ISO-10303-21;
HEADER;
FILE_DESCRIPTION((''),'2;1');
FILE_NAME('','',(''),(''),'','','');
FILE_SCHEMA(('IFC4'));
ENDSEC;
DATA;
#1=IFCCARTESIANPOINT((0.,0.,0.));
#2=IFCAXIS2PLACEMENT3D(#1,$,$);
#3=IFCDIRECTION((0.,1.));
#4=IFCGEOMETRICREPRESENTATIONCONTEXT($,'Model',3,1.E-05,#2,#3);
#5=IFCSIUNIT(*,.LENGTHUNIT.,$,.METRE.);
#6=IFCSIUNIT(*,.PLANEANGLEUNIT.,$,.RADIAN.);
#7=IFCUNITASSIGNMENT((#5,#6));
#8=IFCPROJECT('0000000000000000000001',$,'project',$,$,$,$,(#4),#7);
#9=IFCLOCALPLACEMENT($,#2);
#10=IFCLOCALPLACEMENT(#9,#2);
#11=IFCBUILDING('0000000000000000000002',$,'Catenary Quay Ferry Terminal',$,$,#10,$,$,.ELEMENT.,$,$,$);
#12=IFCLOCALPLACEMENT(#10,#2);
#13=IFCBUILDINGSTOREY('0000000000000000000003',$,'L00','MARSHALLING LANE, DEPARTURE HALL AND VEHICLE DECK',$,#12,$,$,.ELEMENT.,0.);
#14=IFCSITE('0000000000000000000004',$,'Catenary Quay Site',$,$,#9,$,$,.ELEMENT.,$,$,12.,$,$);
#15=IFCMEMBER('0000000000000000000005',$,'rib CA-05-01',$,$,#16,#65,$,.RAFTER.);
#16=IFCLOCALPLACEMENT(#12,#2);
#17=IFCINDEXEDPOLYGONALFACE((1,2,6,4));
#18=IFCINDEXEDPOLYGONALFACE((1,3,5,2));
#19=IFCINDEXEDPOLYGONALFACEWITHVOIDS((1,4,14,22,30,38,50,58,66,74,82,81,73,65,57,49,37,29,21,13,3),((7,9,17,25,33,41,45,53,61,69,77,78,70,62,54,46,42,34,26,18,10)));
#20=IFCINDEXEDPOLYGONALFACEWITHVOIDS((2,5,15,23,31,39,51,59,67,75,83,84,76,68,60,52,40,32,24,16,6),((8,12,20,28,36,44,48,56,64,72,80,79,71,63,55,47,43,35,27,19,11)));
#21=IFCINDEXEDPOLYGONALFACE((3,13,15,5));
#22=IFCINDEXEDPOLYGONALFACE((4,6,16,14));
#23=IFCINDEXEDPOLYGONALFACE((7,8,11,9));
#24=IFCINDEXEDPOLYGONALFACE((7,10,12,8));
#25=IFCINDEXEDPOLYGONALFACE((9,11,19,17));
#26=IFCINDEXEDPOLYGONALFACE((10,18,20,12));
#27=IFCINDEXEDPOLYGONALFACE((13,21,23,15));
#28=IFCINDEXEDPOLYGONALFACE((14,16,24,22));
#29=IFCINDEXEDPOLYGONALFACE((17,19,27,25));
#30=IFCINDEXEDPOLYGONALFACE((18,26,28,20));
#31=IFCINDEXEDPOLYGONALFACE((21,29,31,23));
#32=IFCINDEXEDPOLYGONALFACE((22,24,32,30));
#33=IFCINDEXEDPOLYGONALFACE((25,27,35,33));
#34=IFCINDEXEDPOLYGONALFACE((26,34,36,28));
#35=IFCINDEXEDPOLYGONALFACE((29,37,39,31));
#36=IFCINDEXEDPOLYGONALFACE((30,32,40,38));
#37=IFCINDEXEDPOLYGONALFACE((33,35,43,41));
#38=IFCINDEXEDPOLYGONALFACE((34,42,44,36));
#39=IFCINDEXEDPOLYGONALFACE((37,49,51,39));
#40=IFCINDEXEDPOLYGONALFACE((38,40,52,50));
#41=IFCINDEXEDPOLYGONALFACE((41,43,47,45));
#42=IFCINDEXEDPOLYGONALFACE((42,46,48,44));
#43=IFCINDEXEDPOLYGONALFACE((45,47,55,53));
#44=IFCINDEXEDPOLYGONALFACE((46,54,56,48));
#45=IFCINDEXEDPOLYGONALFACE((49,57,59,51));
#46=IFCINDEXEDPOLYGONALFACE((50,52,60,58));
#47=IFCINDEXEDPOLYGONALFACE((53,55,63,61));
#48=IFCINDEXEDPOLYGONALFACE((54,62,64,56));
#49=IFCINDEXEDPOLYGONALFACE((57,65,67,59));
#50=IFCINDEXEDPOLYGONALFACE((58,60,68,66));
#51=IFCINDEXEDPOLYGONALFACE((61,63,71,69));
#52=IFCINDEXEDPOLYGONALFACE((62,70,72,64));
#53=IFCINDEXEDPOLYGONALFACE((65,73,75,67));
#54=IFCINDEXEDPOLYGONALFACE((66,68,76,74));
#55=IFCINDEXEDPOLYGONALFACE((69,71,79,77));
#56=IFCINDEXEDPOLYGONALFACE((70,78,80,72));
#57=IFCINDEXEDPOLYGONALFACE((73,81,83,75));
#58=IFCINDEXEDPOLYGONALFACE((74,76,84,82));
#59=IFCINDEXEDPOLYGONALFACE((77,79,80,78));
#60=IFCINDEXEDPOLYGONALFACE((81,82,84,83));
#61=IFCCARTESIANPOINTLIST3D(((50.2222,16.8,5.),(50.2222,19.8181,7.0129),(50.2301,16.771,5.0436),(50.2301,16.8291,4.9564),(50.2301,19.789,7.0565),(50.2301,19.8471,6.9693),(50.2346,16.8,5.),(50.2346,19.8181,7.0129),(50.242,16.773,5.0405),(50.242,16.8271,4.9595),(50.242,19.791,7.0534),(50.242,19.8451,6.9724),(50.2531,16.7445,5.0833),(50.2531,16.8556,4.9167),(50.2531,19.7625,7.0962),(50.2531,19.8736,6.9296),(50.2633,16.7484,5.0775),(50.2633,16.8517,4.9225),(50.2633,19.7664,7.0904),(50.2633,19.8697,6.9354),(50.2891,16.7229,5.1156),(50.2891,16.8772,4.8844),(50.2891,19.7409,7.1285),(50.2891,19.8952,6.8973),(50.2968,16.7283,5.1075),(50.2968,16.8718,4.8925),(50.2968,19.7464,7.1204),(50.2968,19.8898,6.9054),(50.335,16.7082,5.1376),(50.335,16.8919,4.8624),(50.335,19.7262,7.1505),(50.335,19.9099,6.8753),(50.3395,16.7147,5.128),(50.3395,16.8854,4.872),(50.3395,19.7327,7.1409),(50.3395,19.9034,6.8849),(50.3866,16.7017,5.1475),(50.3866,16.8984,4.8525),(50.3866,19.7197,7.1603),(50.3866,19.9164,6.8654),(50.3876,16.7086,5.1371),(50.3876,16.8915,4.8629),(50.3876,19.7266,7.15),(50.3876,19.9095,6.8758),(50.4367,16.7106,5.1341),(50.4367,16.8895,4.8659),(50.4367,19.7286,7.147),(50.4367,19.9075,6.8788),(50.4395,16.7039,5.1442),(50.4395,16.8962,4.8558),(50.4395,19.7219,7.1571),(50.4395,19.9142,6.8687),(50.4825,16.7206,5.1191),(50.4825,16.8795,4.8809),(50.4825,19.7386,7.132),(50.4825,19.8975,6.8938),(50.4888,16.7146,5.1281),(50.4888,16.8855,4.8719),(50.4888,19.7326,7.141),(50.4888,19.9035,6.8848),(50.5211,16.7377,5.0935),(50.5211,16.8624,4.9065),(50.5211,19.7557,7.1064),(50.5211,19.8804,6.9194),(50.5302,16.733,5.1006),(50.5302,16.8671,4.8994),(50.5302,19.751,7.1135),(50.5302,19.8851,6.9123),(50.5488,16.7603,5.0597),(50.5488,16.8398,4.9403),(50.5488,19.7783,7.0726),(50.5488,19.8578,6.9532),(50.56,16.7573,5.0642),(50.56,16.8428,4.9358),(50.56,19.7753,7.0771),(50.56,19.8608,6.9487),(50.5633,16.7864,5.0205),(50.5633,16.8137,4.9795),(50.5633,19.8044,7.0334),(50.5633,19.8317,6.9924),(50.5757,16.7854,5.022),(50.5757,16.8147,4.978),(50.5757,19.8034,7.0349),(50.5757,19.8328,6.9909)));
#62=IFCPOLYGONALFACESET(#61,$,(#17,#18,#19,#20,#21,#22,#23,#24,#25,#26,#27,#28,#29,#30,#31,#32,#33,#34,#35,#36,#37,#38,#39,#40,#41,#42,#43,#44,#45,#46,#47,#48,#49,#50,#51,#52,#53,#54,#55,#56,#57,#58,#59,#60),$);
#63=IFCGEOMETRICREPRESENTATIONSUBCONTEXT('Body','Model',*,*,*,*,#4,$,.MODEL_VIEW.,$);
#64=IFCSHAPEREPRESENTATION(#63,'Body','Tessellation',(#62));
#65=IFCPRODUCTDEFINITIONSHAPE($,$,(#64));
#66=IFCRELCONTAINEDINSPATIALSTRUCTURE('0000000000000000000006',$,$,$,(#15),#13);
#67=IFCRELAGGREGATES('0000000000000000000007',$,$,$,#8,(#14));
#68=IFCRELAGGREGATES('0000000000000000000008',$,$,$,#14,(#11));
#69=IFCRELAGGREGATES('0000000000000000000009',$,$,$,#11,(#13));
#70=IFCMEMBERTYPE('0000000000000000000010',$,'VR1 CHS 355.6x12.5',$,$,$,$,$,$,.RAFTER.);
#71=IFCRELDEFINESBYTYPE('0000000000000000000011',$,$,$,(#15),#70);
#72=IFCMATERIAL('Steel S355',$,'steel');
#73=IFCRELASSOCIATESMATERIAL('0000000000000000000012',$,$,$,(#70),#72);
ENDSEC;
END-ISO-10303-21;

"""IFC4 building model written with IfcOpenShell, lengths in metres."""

from ifc_helpers import new_model, si_unit, direction, frame, origin, origin_2d, place, context, subcontext, project, spatial, hollow_circle, extrude, material, material_profile, profile_set, type_object, element, save


model = new_model("IFC4")

# Units and contexts
model_context = context("Model", 3, precision=1e-05, world=origin(), true_north=direction((0.0, 1.0)))
body_context = subcontext(model_context, "Body", "Model", "MODEL_VIEW")
ifc_project = project(units=[si_unit("LENGTHUNIT", "METRE"), si_unit("PLANEANGLEUNIT", "RADIAN")], contexts=[model_context])

# Site, building, storey
site_placement = place(None, origin())
site = spatial("IfcSite", under=ifc_project, at=site_placement, Name="Catenary Quay Site", CompositionType="ELEMENT", RefElevation=12.0)
building_placement = place(site_placement, origin())
building = spatial("IfcBuilding", under=site, at=building_placement, Name="Catenary Quay Ferry Terminal", CompositionType="ELEMENT")
storey_placement = place(building_placement, origin())
storey = spatial("IfcBuildingStorey", under=building, at=storey_placement, Name="L00", Description="MARSHALLING LANE, DEPARTURE HALL AND VEHICLE DECK", CompositionType="ELEMENT", Elevation=0.0)

# Member
ifc_material_1 = material(Name="Steel S355", Category="steel")
ifc_material_profile_1 = material_profile(ifc_material_1, hollow_circle(Radius=0.1777, WallThickness=0.0125, at=origin_2d()), Name="CHS 355.6x12.5")
ifc_profile_set_1 = profile_set([ifc_material_profile_1], Name="Steel S355")
member_type_1 = type_object("IfcMemberType", Name="VR1 CHS 355.6x12.5", PredefinedType="RAFTER", material=ifc_profile_set_1)
for number, where, z_axis, x_axis, name in (
    (1, (50.3999, 16.8, 5.0), (0.0, 0.831936, 0.554871), (-1.0, 0.0, 0.0), "rib CA-05-01"),
):
    element("IfcMember", number, at=place(storey_placement, frame(where, z_axis=z_axis, x_axis=x_axis)), inside=storey, type_object=member_type_1, Name=name, PredefinedType="RAFTER", context=body_context, shape_type="SweptSolid", body=[
        extrude(hollow_circle(Radius=0.1777, WallThickness=0.0125, at=origin_2d()), origin(), (0.0, 0.0, 1.0), 3.6277),
    ])

save(model, "model.ifc")
